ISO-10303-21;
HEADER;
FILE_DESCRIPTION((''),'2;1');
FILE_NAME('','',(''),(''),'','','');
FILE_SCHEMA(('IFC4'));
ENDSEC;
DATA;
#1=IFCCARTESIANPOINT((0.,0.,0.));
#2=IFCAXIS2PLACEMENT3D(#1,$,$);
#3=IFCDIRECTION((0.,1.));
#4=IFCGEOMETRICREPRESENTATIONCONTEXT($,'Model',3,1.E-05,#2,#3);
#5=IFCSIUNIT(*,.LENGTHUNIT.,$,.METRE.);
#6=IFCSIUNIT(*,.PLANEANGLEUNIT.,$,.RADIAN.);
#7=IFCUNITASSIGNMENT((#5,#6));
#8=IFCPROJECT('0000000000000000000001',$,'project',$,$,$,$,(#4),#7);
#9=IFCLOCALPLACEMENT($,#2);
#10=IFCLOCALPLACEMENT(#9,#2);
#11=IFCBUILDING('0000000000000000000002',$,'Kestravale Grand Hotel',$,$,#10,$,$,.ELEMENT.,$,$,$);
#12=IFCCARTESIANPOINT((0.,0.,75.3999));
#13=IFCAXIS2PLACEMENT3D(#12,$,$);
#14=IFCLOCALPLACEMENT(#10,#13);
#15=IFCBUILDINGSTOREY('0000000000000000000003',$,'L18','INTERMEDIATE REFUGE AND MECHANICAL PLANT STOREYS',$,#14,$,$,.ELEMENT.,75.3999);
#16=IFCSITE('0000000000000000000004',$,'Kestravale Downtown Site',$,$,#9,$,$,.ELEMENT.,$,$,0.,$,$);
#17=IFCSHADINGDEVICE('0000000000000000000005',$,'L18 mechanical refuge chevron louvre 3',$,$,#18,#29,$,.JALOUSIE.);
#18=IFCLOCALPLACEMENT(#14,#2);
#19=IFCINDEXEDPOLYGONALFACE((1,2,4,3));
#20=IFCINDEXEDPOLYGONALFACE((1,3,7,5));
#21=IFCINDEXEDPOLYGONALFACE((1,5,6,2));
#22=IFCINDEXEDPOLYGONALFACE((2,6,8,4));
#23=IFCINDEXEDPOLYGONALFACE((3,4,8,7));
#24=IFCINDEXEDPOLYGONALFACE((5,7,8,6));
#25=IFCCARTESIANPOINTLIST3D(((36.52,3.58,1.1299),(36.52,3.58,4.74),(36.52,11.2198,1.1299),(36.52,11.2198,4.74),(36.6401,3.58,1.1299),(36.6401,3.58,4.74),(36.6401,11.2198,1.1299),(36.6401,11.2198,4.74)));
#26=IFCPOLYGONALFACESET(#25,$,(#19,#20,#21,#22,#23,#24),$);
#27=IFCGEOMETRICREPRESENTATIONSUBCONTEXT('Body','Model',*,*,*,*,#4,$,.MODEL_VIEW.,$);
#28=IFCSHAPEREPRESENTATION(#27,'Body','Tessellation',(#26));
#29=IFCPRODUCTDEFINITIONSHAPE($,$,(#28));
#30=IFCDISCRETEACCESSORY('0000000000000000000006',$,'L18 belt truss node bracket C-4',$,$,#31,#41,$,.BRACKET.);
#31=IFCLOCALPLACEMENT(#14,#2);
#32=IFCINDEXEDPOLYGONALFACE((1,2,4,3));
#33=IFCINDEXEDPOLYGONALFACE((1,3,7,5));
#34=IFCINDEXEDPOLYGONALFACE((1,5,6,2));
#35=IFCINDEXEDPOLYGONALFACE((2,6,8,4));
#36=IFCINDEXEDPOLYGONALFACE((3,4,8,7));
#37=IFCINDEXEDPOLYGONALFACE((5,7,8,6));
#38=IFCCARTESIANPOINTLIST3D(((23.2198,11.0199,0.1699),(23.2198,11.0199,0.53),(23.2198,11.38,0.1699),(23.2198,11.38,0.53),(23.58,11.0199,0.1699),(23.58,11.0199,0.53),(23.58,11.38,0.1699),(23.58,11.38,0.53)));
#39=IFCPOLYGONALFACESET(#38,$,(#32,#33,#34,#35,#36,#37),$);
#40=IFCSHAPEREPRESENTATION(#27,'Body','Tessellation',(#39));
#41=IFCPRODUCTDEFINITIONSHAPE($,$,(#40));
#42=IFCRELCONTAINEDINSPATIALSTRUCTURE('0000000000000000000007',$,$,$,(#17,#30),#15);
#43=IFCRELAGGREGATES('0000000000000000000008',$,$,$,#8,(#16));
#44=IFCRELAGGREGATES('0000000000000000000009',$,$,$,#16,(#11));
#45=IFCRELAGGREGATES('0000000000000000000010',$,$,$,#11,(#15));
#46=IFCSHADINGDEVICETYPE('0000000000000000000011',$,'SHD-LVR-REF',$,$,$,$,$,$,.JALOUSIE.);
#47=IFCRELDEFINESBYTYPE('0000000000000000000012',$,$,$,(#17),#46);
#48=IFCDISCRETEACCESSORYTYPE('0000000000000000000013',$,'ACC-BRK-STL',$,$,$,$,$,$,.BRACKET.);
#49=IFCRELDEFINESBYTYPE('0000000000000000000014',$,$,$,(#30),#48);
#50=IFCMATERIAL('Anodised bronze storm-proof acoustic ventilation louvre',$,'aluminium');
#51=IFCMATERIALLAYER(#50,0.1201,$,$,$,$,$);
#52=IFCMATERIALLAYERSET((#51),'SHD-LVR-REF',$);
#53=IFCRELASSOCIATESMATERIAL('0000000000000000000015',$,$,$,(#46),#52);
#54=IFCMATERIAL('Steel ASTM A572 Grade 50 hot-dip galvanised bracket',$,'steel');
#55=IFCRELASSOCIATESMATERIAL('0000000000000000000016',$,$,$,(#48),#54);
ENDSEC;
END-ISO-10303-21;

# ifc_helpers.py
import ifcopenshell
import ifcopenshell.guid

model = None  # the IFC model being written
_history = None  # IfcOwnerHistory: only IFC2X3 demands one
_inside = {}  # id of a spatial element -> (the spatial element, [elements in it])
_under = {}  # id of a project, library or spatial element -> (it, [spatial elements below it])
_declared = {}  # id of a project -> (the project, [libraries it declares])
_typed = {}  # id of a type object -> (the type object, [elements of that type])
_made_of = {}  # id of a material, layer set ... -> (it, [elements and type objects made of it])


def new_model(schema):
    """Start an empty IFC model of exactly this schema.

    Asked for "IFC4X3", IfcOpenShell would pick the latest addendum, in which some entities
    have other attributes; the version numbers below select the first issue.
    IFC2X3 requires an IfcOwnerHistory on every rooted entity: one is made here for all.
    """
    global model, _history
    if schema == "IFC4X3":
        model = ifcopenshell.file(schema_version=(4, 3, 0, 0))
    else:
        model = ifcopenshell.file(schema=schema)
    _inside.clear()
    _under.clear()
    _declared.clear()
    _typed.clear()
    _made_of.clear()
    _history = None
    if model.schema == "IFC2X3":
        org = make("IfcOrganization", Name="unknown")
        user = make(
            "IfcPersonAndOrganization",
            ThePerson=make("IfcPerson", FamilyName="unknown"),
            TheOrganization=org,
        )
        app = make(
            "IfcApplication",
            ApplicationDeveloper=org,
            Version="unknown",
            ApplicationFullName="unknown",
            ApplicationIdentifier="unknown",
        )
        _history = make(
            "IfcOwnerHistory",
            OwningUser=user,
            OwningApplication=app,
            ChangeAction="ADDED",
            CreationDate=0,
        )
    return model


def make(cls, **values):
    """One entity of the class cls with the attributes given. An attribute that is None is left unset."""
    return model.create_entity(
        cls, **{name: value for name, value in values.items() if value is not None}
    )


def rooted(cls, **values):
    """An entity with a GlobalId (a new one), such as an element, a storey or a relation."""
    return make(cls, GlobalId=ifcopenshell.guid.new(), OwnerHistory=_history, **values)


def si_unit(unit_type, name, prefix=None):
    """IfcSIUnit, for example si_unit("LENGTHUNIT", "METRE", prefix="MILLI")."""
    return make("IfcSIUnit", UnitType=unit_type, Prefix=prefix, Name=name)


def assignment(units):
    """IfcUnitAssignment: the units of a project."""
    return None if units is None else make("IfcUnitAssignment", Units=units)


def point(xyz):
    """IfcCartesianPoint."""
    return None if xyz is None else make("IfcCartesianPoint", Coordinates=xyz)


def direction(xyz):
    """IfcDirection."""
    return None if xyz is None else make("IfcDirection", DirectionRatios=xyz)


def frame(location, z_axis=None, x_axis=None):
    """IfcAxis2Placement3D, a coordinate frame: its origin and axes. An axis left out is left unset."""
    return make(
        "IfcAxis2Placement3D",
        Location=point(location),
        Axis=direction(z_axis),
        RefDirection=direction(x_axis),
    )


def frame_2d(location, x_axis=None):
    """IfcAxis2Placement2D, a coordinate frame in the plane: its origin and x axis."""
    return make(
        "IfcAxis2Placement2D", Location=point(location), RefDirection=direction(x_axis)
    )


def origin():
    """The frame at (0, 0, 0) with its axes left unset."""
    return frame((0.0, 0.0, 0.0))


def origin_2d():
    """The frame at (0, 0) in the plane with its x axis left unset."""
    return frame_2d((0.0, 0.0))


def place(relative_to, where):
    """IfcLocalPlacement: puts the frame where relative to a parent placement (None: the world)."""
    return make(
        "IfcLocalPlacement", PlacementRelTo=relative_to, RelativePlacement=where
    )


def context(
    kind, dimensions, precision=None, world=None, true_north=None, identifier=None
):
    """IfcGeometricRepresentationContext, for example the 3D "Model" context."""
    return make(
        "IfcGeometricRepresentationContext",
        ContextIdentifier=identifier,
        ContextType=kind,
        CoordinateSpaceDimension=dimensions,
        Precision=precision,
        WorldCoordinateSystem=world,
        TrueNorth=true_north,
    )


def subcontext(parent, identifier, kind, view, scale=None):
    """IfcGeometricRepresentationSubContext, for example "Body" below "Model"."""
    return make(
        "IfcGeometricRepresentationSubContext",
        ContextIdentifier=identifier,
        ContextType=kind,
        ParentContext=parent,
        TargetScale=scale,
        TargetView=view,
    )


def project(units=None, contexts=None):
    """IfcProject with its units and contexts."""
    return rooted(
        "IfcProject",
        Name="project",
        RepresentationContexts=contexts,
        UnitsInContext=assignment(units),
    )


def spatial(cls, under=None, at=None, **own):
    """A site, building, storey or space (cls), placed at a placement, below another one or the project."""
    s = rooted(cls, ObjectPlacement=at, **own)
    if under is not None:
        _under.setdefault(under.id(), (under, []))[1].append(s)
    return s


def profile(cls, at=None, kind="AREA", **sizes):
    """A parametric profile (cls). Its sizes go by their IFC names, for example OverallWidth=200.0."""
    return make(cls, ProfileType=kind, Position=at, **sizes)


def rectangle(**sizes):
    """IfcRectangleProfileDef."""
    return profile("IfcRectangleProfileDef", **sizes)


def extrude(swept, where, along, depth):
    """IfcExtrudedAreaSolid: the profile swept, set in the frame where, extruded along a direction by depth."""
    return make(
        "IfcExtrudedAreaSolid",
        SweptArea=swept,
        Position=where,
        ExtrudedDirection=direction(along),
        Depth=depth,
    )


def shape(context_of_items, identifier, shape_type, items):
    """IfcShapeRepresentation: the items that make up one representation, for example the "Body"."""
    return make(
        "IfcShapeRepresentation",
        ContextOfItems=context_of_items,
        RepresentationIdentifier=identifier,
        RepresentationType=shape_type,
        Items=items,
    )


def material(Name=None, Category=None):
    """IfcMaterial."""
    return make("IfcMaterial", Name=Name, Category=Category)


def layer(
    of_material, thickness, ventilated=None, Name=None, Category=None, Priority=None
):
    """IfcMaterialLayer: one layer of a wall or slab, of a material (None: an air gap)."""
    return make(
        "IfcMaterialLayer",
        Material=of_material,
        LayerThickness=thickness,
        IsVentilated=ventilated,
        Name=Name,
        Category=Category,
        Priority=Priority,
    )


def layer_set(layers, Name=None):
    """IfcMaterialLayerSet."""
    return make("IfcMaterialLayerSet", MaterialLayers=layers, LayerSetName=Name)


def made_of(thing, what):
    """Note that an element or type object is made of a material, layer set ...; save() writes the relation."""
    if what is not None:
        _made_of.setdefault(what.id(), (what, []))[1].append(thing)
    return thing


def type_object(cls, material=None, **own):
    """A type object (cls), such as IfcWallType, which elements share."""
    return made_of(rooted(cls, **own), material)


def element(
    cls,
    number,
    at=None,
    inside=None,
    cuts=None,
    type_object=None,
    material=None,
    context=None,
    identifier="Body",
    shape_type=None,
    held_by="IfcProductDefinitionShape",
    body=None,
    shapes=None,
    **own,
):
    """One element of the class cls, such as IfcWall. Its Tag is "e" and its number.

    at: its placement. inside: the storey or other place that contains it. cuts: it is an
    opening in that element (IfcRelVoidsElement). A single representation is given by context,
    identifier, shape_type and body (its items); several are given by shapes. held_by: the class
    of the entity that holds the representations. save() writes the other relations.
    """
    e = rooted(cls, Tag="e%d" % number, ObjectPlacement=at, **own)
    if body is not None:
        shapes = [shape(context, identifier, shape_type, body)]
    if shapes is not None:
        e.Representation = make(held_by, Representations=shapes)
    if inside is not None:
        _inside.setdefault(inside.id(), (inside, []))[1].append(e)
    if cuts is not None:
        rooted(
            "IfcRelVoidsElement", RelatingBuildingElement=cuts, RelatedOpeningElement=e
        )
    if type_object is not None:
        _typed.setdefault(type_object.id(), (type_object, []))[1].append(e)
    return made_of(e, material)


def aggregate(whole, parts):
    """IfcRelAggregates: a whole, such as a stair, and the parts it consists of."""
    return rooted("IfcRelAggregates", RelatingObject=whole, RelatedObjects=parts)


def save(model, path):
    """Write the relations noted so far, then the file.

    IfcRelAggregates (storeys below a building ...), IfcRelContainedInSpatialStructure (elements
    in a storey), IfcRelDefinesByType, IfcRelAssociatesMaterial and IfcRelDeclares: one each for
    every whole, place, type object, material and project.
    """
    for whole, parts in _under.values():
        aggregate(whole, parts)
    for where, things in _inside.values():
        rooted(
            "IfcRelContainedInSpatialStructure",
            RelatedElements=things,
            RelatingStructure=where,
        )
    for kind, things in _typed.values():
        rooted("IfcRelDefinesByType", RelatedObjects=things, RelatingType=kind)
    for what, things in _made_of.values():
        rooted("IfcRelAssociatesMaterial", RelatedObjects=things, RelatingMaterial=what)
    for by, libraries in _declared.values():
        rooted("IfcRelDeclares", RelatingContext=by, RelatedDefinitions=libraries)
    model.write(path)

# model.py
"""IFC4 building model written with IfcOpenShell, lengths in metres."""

from ifc_helpers import new_model, si_unit, direction, frame, origin, origin_2d, place, context, subcontext, project, spatial, rectangle, extrude, material, layer, layer_set, type_object, element, save


model = new_model("IFC4")

# Units and contexts
model_context = context("Model", 3, precision=1e-05, world=origin(), true_north=direction((0.0, 1.0)))
body_context = subcontext(model_context, "Body", "Model", "MODEL_VIEW")
ifc_project = project(units=[si_unit("LENGTHUNIT", "METRE"), si_unit("PLANEANGLEUNIT", "RADIAN")], contexts=[model_context])

# Site, building, storey
site_placement = place(None, origin())
site = spatial("IfcSite", under=ifc_project, at=site_placement, Name="Kestravale Downtown Site", CompositionType="ELEMENT", RefElevation=0.0)
building_placement = place(site_placement, origin())
building = spatial("IfcBuilding", under=site, at=building_placement, Name="Kestravale Grand Hotel", CompositionType="ELEMENT")
storey_placement = place(building_placement, frame((0.0, 0.0, 75.3999)))
storey = spatial("IfcBuildingStorey", under=building, at=storey_placement, Name="L18", Description="INTERMEDIATE REFUGE AND MECHANICAL PLANT STOREYS", CompositionType="ELEMENT", Elevation=75.3999)

# Shading device
ifc_material_1 = material(Name="Anodised bronze storm-proof acoustic ventilation louvre", Category="aluminium")
ifc_layer_1 = layer(ifc_material_1, 0.1201)
ifc_layer_set_1 = layer_set([ifc_layer_1], Name="SHD-LVR-REF")
shading_device_type = type_object("IfcShadingDeviceType", Name="SHD-LVR-REF", PredefinedType="JALOUSIE", material=ifc_layer_set_1)
shading_device_placement = place(storey_placement, frame((36.5801, 7.3999, 1.1299), z_axis=(0.0, 0.0, 1.0), x_axis=(0.0, 1.0, 0.0)))
element("IfcShadingDevice", 1, at=shading_device_placement, inside=storey, type_object=shading_device_type, Name="L18 mechanical refuge chevron louvre 3", PredefinedType="JALOUSIE", context=body_context, shape_type="SweptSolid", body=[
    extrude(rectangle(XDim=7.6399, YDim=0.1201, at=origin_2d()), origin(), (0.0, 0.0, 1.0), 3.6101),
])

# Discrete accessory
ifc_material_2 = material(Name="Steel ASTM A572 Grade 50 hot-dip galvanised bracket", Category="steel")
discrete_accessory_type = type_object("IfcDiscreteAccessoryType", Name="ACC-BRK-STL", PredefinedType="BRACKET", material=ifc_material_2)
discrete_accessory_placement = place(storey_placement, frame((23.3999, 11.2, 0.1699), z_axis=(0.0, 0.0, 1.0), x_axis=(1.0, 0.0, 0.0)))
element("IfcDiscreteAccessory", 2, at=discrete_accessory_placement, inside=storey, type_object=discrete_accessory_type, Name="L18 belt truss node bracket C-4", PredefinedType="BRACKET", context=body_context, shape_type="SweptSolid", body=[
    extrude(rectangle(XDim=0.3601, YDim=0.3601, at=origin_2d()), origin(), (0.0, 0.0, 1.0), 0.3601),
])

save(model, "model.ifc")
